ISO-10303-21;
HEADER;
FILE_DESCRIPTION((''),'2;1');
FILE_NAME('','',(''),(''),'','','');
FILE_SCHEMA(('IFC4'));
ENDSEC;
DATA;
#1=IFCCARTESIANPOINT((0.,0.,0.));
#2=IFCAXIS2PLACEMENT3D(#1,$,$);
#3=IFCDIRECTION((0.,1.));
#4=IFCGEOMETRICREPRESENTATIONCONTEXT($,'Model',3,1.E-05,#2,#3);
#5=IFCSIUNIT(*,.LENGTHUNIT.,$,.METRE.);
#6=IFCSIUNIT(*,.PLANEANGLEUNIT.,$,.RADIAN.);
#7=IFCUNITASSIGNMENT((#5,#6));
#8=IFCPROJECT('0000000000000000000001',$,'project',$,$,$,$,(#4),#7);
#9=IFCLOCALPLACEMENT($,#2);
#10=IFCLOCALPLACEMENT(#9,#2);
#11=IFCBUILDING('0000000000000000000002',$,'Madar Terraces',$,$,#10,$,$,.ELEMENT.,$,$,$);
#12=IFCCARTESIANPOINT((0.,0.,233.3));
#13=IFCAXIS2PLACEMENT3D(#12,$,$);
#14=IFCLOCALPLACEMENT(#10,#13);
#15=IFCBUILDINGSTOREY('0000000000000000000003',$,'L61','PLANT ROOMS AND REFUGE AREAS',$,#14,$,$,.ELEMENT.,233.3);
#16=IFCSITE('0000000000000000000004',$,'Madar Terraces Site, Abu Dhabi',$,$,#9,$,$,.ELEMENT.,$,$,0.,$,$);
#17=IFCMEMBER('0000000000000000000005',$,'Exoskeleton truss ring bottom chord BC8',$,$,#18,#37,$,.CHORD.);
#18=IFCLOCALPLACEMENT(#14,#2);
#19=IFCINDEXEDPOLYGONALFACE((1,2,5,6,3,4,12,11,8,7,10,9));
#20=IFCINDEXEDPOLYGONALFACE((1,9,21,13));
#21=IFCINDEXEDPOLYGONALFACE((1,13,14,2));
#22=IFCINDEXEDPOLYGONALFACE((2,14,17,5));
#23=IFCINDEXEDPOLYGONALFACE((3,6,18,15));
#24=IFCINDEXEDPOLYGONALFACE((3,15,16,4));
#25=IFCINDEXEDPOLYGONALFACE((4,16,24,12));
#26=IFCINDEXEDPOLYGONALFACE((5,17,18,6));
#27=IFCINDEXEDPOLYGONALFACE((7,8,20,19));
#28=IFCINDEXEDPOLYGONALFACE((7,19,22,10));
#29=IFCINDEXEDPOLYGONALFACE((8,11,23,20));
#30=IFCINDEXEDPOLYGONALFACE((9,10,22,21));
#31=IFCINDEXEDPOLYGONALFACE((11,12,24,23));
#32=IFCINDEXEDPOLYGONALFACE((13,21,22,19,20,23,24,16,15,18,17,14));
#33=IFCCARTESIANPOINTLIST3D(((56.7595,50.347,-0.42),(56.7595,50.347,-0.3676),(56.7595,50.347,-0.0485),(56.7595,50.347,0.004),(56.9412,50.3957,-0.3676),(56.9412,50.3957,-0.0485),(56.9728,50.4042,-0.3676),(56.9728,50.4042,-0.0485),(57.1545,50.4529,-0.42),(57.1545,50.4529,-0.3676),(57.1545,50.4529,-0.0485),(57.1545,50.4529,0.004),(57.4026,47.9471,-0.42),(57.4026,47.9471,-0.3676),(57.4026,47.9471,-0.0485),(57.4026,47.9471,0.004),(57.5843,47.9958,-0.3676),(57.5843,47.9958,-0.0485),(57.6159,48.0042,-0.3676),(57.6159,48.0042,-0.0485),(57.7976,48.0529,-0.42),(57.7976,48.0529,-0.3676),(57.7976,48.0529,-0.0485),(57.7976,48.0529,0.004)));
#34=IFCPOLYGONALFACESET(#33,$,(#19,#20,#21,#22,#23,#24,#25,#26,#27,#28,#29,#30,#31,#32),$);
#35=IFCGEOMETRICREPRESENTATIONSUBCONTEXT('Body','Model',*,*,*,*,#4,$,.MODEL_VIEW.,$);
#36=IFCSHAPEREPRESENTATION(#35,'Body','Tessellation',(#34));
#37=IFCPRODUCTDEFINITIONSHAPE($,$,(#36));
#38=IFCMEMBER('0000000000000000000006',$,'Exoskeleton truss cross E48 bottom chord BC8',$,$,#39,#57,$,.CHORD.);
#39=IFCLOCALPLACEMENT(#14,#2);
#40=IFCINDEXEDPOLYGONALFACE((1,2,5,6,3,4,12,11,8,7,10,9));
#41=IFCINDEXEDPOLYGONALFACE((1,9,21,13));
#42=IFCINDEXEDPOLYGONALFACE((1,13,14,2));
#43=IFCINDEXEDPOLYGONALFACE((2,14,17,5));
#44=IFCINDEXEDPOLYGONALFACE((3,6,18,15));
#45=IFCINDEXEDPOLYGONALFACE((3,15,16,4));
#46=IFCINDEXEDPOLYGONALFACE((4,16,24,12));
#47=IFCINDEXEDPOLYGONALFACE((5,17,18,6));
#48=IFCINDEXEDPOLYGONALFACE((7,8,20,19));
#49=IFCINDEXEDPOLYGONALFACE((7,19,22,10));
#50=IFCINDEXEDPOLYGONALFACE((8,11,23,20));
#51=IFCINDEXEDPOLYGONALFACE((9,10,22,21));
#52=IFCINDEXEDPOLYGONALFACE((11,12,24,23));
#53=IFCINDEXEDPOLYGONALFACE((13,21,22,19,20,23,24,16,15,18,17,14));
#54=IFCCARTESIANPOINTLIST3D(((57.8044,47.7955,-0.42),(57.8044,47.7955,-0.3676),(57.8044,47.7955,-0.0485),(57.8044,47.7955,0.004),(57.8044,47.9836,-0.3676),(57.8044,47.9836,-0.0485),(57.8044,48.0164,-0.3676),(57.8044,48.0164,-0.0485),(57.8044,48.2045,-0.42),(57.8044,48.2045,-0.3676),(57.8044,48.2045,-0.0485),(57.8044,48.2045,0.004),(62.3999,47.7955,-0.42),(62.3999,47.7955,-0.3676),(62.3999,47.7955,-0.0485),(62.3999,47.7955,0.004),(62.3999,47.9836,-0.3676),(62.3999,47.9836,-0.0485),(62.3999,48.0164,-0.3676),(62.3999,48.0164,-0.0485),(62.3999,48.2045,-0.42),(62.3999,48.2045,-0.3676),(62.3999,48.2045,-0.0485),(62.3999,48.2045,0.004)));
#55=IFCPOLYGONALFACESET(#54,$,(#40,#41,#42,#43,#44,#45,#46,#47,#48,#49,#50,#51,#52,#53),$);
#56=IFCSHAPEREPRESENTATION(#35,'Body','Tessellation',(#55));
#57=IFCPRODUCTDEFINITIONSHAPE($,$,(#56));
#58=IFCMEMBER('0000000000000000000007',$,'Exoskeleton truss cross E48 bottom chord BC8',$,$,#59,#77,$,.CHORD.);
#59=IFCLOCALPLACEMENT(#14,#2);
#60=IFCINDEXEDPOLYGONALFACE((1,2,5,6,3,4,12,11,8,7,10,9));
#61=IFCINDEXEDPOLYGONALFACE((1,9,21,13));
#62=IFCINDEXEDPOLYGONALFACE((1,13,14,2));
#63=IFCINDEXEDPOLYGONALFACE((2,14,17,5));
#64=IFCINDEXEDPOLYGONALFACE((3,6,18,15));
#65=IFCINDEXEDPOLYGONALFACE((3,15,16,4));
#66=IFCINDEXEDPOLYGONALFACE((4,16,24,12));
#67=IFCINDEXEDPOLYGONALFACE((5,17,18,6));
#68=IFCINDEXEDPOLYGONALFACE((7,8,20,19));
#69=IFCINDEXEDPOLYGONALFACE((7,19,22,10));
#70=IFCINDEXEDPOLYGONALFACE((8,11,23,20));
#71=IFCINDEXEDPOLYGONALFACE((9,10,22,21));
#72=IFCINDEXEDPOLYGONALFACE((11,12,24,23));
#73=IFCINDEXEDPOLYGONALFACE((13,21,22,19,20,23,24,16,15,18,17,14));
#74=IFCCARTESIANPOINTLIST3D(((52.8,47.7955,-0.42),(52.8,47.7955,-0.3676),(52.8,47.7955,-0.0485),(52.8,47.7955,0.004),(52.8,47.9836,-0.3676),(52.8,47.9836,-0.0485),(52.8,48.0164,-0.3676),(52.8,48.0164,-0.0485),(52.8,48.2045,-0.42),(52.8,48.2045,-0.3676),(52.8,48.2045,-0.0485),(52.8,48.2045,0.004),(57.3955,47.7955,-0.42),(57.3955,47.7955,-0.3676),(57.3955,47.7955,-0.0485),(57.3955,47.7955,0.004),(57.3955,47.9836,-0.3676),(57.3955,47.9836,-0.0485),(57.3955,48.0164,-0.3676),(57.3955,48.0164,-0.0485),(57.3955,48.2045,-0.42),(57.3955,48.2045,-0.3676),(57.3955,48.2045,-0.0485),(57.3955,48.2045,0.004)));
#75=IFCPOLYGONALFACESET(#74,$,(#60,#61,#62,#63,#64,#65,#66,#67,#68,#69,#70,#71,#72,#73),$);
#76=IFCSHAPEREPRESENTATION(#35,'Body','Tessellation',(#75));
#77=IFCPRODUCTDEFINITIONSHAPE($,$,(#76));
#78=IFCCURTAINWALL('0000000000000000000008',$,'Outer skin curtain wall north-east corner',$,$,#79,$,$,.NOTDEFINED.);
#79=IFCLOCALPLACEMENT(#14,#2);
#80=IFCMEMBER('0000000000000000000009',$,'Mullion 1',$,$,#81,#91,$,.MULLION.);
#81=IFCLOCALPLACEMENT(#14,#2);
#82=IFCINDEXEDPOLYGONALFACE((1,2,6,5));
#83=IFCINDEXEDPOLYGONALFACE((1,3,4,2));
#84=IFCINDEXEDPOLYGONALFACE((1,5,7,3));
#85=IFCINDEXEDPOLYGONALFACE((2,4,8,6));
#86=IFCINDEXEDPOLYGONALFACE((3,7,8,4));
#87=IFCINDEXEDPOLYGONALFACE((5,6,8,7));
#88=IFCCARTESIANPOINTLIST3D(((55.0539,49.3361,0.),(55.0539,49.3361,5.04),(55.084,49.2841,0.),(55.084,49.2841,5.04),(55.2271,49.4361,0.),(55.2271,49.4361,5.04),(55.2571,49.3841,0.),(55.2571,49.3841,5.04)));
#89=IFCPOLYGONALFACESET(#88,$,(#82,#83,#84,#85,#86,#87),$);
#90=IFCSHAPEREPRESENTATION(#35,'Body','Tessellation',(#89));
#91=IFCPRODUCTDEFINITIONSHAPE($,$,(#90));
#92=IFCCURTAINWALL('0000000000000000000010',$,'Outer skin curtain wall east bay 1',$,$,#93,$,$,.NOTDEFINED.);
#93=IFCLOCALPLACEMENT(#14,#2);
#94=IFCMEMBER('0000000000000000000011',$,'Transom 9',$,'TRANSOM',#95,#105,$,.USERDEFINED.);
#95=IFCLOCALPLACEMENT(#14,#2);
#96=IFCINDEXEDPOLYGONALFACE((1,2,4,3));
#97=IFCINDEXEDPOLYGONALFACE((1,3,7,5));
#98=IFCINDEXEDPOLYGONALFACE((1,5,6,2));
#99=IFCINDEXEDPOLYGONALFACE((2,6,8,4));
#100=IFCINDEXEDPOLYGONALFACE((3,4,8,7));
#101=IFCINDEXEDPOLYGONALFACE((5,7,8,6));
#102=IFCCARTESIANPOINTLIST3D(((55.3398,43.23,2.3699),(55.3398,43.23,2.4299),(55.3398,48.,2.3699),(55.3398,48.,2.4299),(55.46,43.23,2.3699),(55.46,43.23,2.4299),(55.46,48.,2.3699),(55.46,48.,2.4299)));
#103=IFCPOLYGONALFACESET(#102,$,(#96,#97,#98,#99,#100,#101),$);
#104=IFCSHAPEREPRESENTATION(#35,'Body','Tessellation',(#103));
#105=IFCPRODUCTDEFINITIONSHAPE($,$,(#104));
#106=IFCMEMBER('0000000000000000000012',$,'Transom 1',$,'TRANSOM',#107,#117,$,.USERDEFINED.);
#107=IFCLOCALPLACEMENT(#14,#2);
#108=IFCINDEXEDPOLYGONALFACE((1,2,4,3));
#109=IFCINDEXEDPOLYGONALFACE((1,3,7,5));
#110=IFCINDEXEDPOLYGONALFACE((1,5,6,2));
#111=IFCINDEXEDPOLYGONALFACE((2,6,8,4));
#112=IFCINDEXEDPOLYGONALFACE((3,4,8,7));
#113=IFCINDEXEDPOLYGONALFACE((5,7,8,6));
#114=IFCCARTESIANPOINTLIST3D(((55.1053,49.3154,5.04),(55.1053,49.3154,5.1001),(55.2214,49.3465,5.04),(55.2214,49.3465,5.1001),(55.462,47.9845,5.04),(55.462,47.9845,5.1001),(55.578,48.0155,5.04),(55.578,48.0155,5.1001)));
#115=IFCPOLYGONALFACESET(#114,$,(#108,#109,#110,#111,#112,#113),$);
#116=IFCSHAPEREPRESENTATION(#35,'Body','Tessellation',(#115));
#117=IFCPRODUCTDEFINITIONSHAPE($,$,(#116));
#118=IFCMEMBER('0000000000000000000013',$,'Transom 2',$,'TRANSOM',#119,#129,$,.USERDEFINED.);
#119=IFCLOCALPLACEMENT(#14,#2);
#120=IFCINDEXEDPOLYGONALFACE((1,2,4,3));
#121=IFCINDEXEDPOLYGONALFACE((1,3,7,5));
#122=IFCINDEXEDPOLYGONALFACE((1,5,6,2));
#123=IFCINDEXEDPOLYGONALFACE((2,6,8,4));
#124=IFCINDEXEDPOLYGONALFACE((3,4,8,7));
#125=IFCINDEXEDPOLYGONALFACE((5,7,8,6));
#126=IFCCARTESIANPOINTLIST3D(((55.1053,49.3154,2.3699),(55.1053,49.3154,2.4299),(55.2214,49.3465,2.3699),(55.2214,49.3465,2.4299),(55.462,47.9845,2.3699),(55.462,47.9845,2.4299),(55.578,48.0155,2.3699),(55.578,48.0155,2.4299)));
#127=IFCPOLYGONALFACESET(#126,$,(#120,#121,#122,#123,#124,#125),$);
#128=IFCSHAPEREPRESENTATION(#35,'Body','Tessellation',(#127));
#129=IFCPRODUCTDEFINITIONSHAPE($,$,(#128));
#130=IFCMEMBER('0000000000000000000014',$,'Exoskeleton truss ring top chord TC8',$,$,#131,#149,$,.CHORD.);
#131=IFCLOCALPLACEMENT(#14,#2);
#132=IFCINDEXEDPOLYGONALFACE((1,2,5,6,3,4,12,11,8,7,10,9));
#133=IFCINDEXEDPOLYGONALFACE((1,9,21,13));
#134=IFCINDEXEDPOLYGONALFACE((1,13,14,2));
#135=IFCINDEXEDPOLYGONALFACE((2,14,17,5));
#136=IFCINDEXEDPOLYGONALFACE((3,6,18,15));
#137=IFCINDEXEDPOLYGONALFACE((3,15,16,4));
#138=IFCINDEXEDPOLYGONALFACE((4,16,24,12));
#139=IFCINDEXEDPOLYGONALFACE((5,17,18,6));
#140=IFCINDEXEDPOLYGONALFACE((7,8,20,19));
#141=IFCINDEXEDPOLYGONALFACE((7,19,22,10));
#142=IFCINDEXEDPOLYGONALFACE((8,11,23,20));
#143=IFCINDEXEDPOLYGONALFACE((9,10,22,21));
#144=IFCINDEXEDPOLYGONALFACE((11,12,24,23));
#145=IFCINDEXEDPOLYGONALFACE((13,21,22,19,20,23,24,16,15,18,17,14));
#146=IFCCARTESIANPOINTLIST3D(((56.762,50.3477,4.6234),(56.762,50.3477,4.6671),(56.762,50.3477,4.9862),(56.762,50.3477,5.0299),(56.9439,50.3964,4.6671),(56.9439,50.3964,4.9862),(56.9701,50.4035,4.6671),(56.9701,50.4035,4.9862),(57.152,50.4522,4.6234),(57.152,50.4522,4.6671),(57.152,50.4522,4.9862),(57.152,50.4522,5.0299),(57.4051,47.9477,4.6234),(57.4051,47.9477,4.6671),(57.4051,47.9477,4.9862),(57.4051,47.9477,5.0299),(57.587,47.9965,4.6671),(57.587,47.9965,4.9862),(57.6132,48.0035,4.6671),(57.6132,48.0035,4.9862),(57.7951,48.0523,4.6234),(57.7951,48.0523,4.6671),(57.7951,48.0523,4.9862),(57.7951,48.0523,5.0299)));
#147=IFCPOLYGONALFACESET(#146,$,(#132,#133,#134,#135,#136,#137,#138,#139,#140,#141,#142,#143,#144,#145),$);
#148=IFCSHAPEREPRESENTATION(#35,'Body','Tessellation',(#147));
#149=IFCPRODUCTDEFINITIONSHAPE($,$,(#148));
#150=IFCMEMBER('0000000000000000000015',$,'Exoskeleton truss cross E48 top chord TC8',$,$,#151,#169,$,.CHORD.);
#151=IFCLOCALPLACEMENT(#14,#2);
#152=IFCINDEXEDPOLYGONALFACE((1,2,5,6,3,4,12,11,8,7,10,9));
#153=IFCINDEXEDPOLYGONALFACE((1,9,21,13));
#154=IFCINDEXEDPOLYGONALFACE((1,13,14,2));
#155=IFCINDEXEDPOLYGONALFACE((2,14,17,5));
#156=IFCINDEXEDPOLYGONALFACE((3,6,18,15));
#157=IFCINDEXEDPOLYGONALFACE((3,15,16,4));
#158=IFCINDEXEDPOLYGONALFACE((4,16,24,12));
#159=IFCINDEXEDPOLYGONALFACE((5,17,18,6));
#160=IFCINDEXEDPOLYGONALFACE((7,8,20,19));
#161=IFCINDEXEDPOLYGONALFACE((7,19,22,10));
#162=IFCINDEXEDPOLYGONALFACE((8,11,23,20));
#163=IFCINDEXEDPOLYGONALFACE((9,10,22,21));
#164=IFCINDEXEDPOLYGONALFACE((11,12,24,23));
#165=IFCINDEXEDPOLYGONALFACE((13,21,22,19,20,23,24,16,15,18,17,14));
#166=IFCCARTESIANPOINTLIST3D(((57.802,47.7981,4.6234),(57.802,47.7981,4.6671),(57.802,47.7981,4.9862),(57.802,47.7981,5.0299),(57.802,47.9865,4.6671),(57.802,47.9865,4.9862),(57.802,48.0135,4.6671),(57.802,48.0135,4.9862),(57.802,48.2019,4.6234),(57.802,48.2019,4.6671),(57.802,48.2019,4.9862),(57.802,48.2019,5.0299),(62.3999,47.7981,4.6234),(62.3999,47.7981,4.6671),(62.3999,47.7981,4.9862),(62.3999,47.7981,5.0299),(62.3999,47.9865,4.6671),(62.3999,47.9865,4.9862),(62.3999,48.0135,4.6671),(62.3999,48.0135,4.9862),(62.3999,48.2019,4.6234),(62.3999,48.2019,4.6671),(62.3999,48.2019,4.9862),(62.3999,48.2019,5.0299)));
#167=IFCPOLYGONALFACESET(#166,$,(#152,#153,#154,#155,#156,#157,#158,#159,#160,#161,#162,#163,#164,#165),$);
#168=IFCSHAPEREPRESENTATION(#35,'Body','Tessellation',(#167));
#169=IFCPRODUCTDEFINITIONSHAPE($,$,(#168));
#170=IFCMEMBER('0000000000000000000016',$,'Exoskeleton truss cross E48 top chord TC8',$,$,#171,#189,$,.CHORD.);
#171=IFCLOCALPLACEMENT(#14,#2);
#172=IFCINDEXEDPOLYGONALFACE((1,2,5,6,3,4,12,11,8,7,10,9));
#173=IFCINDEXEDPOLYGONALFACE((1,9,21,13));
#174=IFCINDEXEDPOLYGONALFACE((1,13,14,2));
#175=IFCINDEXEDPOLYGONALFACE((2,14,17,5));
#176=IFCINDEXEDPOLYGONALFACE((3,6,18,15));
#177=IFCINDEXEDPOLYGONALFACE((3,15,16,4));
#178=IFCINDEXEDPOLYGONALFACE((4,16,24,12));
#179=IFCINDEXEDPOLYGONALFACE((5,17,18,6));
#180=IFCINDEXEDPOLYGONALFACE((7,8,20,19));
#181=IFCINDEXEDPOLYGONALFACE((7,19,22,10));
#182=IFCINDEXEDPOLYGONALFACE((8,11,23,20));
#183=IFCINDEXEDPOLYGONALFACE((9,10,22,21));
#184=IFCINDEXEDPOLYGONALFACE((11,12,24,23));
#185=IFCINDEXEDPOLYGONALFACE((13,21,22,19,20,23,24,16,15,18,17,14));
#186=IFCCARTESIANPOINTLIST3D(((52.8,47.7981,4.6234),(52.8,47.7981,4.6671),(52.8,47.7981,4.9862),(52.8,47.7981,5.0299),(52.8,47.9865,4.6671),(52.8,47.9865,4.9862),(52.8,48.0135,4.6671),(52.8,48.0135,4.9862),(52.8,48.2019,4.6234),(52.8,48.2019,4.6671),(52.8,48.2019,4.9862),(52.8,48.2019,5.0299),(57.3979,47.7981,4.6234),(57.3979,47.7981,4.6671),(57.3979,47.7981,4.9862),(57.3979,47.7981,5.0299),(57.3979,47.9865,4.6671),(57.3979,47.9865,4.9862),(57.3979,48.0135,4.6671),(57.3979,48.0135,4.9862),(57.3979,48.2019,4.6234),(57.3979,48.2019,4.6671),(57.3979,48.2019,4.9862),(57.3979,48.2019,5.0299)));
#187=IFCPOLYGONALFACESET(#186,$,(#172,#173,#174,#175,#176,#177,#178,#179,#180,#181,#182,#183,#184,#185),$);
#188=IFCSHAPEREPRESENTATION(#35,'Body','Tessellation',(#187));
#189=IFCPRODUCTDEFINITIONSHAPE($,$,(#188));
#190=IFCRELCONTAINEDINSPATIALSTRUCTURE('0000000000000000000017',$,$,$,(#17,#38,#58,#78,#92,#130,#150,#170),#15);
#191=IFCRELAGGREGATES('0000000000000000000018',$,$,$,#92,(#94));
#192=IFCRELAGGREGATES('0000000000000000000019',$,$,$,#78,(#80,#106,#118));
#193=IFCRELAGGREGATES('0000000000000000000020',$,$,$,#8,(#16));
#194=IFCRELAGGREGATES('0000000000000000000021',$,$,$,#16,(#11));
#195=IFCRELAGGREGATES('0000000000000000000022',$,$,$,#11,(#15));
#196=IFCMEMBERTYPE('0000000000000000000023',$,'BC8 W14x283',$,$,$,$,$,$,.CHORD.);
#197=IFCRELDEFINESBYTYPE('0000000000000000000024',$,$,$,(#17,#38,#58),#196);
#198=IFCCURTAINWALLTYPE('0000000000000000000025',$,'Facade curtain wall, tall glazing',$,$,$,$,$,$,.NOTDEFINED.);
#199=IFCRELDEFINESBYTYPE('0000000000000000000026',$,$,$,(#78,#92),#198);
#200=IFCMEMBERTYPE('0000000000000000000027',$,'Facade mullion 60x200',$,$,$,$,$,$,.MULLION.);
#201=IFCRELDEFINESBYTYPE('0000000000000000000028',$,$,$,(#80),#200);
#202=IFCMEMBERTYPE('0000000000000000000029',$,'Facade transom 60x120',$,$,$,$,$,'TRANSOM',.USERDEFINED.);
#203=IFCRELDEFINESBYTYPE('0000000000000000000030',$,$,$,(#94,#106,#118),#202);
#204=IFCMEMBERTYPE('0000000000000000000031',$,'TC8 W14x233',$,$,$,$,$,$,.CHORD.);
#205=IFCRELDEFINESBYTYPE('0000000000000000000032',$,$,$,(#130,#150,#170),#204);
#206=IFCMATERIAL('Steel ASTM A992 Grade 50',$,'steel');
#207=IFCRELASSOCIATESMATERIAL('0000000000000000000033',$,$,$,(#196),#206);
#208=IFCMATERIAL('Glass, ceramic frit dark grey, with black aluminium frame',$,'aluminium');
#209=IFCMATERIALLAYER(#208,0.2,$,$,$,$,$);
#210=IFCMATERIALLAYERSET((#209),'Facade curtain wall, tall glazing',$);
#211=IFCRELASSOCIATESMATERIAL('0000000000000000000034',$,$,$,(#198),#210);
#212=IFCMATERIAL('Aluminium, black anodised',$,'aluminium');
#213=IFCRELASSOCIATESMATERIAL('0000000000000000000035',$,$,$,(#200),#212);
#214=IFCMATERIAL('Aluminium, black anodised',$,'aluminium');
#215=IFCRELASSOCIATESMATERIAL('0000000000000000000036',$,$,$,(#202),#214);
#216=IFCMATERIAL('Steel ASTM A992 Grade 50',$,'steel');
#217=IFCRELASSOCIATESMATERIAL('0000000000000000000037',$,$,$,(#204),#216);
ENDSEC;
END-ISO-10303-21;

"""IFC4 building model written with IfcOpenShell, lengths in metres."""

from ifc_helpers import new_model, si_unit, direction, frame, origin, origin_2d, place, context, subcontext, project, spatial, rectangle, i_section, extrude, material, layer, layer_set, material_profile, profile_set, type_object, element, aggregate, save


model = new_model("IFC4")

# Units and contexts
model_context = context("Model", 3, precision=1e-05, world=origin(), true_north=direction((0.0, 1.0)))
body_context = subcontext(model_context, "Body", "Model", "MODEL_VIEW")
ifc_project = project(units=[si_unit("LENGTHUNIT", "METRE"), si_unit("PLANEANGLEUNIT", "RADIAN")], contexts=[model_context])

# Site, building, storey
site_placement = place(None, origin())
site = spatial("IfcSite", under=ifc_project, at=site_placement, Name="Madar Terraces Site, Abu Dhabi", CompositionType="ELEMENT", RefElevation=0.0)
building_placement = place(site_placement, origin())
building = spatial("IfcBuilding", under=site, at=building_placement, Name="Madar Terraces", CompositionType="ELEMENT")
storey_placement = place(building_placement, frame((0.0, 0.0, 233.3)))
storey = spatial("IfcBuildingStorey", under=building, at=storey_placement, Name="L61", Description="PLANT ROOMS AND REFUGE AREAS", CompositionType="ELEMENT", Elevation=233.3)

# Members
ifc_material_1 = material(Name="Steel ASTM A992 Grade 50", Category="steel")
ifc_material_profile_1 = material_profile(ifc_material_1, i_section(OverallWidth=0.4089, OverallDepth=0.4241, WebThickness=0.0327, FlangeThickness=0.0525, at=origin_2d()), Name="W14x283")
ifc_profile_set_1 = profile_set([ifc_material_profile_1], Name="Steel ASTM A992 Grade 50")
member_type_1 = type_object("IfcMemberType", Name="BC8 W14x283", PredefinedType="CHORD", material=ifc_profile_set_1)
member_1_placement = place(storey_placement, frame((57.6001, 48.0, -0.208), z_axis=(-0.258824, 0.965924, 0.0), x_axis=(-0.965924, -0.258824, 0.0)))
element("IfcMember", 1, at=member_1_placement, inside=storey, type_object=member_type_1, Name="Exoskeleton truss ring bottom chord BC8", PredefinedType="CHORD", context=body_context, shape_type="SweptSolid", body=[
    extrude(i_section(OverallWidth=0.4089, OverallDepth=0.4241, WebThickness=0.0327, FlangeThickness=0.0525, at=origin_2d()), origin(), (0.0, 0.0, 1.0), 2.4846),
])
for number, where, z_axis, x_axis, name in (
    (2, (62.3999, 48.0, -0.208), (-1.0, 0.0, 0.0), (0.0, -1.0, 0.0), "Exoskeleton truss cross E48 bottom chord BC8"),
    (3, (57.3955, 48.0, -0.208), (-1.0, 0.0, 0.0), (0.0, -1.0, 0.0), "Exoskeleton truss cross E48 bottom chord BC8"),
):
    element("IfcMember", number, at=place(storey_placement, frame(where, z_axis=z_axis, x_axis=x_axis)), inside=storey, type_object=member_type_1, Name=name, PredefinedType="CHORD", context=body_context, shape_type="SweptSolid", body=[
        extrude(i_section(OverallWidth=0.4089, OverallDepth=0.4241, WebThickness=0.0327, FlangeThickness=0.0525, at=origin_2d()), origin(), (0.0, 0.0, 1.0), 4.5955),
    ])

# Curtain walls, members
ifc_material_2 = material(Name="Glass, ceramic frit dark grey, with black aluminium frame", Category="aluminium")
ifc_layer_1 = layer(ifc_material_2, 0.2)
ifc_layer_set_1 = layer_set([ifc_layer_1], Name="Facade curtain wall, tall glazing")
curtain_wall_type = type_object("IfcCurtainWallType", Name="Facade curtain wall, tall glazing", PredefinedType="NOTDEFINED", material=ifc_layer_set_1)
curtain_wall_1_placement = place(storey_placement, origin())
curtain_wall_1 = element("IfcCurtainWall", 4, at=curtain_wall_1_placement, inside=storey, type_object=curtain_wall_type, Name="Outer skin curtain wall north-east corner", PredefinedType="NOTDEFINED")
ifc_material_3 = material(Name="Aluminium, black anodised", Category="aluminium")
ifc_material_profile_2 = material_profile(ifc_material_3, rectangle(XDim=0.2, YDim=0.0601, at=origin_2d()), Name="Facade mullion 60x200")
ifc_profile_set_2 = profile_set([ifc_material_profile_2], Name="Aluminium, black anodised")
member_type_2 = type_object("IfcMemberType", Name="Facade mullion 60x200", PredefinedType="MULLION", material=ifc_profile_set_2)
member_2_placement = place(storey_placement, frame((55.1555, 49.3601, 0.0), z_axis=(0.0, 0.0, 1.0), x_axis=(-0.866025, -0.5, 0.0)))
member_2 = element("IfcMember", 5, at=member_2_placement, type_object=member_type_2, Name="Mullion 1", PredefinedType="MULLION", context=body_context, shape_type="SweptSolid", body=[
    extrude(rectangle(XDim=0.2, YDim=0.0601, at=origin_2d()), origin(), (0.0, 0.0, 1.0), 5.04),
])
curtain_wall_2_placement = place(storey_placement, origin())
curtain_wall_2 = element("IfcCurtainWall", 6, at=curtain_wall_2_placement, inside=storey, type_object=curtain_wall_type, Name="Outer skin curtain wall east bay 1", PredefinedType="NOTDEFINED")
ifc_material_4 = material(Name="Aluminium, black anodised", Category="aluminium")
ifc_material_profile_3 = material_profile(ifc_material_4, rectangle(XDim=0.1201, YDim=0.0601, at=origin_2d()), Name="Facade transom 60x120")
ifc_profile_set_3 = profile_set([ifc_material_profile_3], Name="Aluminium, black anodised")
member_type_3 = type_object("IfcMemberType", Name="Facade transom 60x120", ElementType="TRANSOM", PredefinedType="USERDEFINED", material=ifc_profile_set_3)
member_3_placement = place(storey_placement, frame((55.3999, 43.23, 2.3999), z_axis=(0.0, 1.0, 0.0), x_axis=(-1.0, 0.0, 0.0)))
member_3 = element("IfcMember", 7, at=member_3_placement, type_object=member_type_3, Name="Transom 9", ObjectType="TRANSOM", PredefinedType="USERDEFINED", context=body_context, shape_type="SweptSolid", body=[
    extrude(rectangle(XDim=0.1201, YDim=0.0601, at=origin_2d()), origin(), (0.0, 0.0, 1.0), 4.77),
])

# Members
member_4_placement = place(storey_placement, frame((55.52, 48.0, 5.0701), z_axis=(-0.258842, 0.96592, 0.0), x_axis=(-0.96592, -0.258842, 0.0)))
member_4 = element("IfcMember", 8, at=member_4_placement, type_object=member_type_3, Name="Transom 1", ObjectType="TRANSOM", PredefinedType="USERDEFINED", context=body_context, shape_type="SweptSolid", body=[
    extrude(rectangle(XDim=0.1201, YDim=0.0601, at=origin_2d()), origin(), (0.0, 0.0, 1.0), 1.3779),
])
member_5_placement = place(storey_placement, frame((55.52, 48.0, 2.3999), z_axis=(-0.258842, 0.96592, 0.0), x_axis=(-0.96592, -0.258842, 0.0)))
member_5 = element("IfcMember", 9, at=member_5_placement, type_object=member_type_3, Name="Transom 2", ObjectType="TRANSOM", PredefinedType="USERDEFINED", context=body_context, shape_type="SweptSolid", body=[
    extrude(rectangle(XDim=0.1201, YDim=0.0601, at=origin_2d()), origin(), (0.0, 0.0, 1.0), 1.3779),
])

# Members
ifc_material_5 = material(Name="Steel ASTM A992 Grade 50", Category="steel")
ifc_material_profile_4 = material_profile(ifc_material_5, i_section(OverallWidth=0.4038, OverallDepth=0.4065, WebThickness=0.0271, FlangeThickness=0.0437, at=origin_2d()), Name="W14x233")
ifc_profile_set_4 = profile_set([ifc_material_profile_4], Name="Steel ASTM A992 Grade 50")
member_type_4 = type_object("IfcMemberType", Name="TC8 W14x233", PredefinedType="CHORD", material=ifc_profile_set_4)
member_6_placement = place(storey_placement, frame((57.6001, 48.0, 4.8267), z_axis=(-0.258824, 0.965924, 0.0), x_axis=(-0.965924, -0.258824, 0.0)))
element("IfcMember", 10, at=member_6_placement, inside=storey, type_object=member_type_4, Name="Exoskeleton truss ring top chord TC8", PredefinedType="CHORD", context=body_context, shape_type="SweptSolid", body=[
    extrude(i_section(OverallWidth=0.4038, OverallDepth=0.4065, WebThickness=0.0271, FlangeThickness=0.0437, at=origin_2d()), origin(), (0.0, 0.0, 1.0), 2.4846),
])
for number, where, z_axis, x_axis, name in (
    (11, (62.3999, 48.0, 4.8267), (-1.0, 0.0, 0.0), (0.0, -1.0, 0.0), "Exoskeleton truss cross E48 top chord TC8"),
    (12, (57.3979, 48.0, 4.8267), (-1.0, 0.0, 0.0), (0.0, -1.0, 0.0), "Exoskeleton truss cross E48 top chord TC8"),
):
    element("IfcMember", number, at=place(storey_placement, frame(where, z_axis=z_axis, x_axis=x_axis)), inside=storey, type_object=member_type_4, Name=name, PredefinedType="CHORD", context=body_context, shape_type="SweptSolid", body=[
        extrude(i_section(OverallWidth=0.4038, OverallDepth=0.4065, WebThickness=0.0271, FlangeThickness=0.0437, at=origin_2d()), origin(), (0.0, 0.0, 1.0), 4.5979),
    ])

aggregate(curtain_wall_2, [member_3])
aggregate(curtain_wall_1, [member_2, member_4, member_5])

save(model, "model.ifc")
